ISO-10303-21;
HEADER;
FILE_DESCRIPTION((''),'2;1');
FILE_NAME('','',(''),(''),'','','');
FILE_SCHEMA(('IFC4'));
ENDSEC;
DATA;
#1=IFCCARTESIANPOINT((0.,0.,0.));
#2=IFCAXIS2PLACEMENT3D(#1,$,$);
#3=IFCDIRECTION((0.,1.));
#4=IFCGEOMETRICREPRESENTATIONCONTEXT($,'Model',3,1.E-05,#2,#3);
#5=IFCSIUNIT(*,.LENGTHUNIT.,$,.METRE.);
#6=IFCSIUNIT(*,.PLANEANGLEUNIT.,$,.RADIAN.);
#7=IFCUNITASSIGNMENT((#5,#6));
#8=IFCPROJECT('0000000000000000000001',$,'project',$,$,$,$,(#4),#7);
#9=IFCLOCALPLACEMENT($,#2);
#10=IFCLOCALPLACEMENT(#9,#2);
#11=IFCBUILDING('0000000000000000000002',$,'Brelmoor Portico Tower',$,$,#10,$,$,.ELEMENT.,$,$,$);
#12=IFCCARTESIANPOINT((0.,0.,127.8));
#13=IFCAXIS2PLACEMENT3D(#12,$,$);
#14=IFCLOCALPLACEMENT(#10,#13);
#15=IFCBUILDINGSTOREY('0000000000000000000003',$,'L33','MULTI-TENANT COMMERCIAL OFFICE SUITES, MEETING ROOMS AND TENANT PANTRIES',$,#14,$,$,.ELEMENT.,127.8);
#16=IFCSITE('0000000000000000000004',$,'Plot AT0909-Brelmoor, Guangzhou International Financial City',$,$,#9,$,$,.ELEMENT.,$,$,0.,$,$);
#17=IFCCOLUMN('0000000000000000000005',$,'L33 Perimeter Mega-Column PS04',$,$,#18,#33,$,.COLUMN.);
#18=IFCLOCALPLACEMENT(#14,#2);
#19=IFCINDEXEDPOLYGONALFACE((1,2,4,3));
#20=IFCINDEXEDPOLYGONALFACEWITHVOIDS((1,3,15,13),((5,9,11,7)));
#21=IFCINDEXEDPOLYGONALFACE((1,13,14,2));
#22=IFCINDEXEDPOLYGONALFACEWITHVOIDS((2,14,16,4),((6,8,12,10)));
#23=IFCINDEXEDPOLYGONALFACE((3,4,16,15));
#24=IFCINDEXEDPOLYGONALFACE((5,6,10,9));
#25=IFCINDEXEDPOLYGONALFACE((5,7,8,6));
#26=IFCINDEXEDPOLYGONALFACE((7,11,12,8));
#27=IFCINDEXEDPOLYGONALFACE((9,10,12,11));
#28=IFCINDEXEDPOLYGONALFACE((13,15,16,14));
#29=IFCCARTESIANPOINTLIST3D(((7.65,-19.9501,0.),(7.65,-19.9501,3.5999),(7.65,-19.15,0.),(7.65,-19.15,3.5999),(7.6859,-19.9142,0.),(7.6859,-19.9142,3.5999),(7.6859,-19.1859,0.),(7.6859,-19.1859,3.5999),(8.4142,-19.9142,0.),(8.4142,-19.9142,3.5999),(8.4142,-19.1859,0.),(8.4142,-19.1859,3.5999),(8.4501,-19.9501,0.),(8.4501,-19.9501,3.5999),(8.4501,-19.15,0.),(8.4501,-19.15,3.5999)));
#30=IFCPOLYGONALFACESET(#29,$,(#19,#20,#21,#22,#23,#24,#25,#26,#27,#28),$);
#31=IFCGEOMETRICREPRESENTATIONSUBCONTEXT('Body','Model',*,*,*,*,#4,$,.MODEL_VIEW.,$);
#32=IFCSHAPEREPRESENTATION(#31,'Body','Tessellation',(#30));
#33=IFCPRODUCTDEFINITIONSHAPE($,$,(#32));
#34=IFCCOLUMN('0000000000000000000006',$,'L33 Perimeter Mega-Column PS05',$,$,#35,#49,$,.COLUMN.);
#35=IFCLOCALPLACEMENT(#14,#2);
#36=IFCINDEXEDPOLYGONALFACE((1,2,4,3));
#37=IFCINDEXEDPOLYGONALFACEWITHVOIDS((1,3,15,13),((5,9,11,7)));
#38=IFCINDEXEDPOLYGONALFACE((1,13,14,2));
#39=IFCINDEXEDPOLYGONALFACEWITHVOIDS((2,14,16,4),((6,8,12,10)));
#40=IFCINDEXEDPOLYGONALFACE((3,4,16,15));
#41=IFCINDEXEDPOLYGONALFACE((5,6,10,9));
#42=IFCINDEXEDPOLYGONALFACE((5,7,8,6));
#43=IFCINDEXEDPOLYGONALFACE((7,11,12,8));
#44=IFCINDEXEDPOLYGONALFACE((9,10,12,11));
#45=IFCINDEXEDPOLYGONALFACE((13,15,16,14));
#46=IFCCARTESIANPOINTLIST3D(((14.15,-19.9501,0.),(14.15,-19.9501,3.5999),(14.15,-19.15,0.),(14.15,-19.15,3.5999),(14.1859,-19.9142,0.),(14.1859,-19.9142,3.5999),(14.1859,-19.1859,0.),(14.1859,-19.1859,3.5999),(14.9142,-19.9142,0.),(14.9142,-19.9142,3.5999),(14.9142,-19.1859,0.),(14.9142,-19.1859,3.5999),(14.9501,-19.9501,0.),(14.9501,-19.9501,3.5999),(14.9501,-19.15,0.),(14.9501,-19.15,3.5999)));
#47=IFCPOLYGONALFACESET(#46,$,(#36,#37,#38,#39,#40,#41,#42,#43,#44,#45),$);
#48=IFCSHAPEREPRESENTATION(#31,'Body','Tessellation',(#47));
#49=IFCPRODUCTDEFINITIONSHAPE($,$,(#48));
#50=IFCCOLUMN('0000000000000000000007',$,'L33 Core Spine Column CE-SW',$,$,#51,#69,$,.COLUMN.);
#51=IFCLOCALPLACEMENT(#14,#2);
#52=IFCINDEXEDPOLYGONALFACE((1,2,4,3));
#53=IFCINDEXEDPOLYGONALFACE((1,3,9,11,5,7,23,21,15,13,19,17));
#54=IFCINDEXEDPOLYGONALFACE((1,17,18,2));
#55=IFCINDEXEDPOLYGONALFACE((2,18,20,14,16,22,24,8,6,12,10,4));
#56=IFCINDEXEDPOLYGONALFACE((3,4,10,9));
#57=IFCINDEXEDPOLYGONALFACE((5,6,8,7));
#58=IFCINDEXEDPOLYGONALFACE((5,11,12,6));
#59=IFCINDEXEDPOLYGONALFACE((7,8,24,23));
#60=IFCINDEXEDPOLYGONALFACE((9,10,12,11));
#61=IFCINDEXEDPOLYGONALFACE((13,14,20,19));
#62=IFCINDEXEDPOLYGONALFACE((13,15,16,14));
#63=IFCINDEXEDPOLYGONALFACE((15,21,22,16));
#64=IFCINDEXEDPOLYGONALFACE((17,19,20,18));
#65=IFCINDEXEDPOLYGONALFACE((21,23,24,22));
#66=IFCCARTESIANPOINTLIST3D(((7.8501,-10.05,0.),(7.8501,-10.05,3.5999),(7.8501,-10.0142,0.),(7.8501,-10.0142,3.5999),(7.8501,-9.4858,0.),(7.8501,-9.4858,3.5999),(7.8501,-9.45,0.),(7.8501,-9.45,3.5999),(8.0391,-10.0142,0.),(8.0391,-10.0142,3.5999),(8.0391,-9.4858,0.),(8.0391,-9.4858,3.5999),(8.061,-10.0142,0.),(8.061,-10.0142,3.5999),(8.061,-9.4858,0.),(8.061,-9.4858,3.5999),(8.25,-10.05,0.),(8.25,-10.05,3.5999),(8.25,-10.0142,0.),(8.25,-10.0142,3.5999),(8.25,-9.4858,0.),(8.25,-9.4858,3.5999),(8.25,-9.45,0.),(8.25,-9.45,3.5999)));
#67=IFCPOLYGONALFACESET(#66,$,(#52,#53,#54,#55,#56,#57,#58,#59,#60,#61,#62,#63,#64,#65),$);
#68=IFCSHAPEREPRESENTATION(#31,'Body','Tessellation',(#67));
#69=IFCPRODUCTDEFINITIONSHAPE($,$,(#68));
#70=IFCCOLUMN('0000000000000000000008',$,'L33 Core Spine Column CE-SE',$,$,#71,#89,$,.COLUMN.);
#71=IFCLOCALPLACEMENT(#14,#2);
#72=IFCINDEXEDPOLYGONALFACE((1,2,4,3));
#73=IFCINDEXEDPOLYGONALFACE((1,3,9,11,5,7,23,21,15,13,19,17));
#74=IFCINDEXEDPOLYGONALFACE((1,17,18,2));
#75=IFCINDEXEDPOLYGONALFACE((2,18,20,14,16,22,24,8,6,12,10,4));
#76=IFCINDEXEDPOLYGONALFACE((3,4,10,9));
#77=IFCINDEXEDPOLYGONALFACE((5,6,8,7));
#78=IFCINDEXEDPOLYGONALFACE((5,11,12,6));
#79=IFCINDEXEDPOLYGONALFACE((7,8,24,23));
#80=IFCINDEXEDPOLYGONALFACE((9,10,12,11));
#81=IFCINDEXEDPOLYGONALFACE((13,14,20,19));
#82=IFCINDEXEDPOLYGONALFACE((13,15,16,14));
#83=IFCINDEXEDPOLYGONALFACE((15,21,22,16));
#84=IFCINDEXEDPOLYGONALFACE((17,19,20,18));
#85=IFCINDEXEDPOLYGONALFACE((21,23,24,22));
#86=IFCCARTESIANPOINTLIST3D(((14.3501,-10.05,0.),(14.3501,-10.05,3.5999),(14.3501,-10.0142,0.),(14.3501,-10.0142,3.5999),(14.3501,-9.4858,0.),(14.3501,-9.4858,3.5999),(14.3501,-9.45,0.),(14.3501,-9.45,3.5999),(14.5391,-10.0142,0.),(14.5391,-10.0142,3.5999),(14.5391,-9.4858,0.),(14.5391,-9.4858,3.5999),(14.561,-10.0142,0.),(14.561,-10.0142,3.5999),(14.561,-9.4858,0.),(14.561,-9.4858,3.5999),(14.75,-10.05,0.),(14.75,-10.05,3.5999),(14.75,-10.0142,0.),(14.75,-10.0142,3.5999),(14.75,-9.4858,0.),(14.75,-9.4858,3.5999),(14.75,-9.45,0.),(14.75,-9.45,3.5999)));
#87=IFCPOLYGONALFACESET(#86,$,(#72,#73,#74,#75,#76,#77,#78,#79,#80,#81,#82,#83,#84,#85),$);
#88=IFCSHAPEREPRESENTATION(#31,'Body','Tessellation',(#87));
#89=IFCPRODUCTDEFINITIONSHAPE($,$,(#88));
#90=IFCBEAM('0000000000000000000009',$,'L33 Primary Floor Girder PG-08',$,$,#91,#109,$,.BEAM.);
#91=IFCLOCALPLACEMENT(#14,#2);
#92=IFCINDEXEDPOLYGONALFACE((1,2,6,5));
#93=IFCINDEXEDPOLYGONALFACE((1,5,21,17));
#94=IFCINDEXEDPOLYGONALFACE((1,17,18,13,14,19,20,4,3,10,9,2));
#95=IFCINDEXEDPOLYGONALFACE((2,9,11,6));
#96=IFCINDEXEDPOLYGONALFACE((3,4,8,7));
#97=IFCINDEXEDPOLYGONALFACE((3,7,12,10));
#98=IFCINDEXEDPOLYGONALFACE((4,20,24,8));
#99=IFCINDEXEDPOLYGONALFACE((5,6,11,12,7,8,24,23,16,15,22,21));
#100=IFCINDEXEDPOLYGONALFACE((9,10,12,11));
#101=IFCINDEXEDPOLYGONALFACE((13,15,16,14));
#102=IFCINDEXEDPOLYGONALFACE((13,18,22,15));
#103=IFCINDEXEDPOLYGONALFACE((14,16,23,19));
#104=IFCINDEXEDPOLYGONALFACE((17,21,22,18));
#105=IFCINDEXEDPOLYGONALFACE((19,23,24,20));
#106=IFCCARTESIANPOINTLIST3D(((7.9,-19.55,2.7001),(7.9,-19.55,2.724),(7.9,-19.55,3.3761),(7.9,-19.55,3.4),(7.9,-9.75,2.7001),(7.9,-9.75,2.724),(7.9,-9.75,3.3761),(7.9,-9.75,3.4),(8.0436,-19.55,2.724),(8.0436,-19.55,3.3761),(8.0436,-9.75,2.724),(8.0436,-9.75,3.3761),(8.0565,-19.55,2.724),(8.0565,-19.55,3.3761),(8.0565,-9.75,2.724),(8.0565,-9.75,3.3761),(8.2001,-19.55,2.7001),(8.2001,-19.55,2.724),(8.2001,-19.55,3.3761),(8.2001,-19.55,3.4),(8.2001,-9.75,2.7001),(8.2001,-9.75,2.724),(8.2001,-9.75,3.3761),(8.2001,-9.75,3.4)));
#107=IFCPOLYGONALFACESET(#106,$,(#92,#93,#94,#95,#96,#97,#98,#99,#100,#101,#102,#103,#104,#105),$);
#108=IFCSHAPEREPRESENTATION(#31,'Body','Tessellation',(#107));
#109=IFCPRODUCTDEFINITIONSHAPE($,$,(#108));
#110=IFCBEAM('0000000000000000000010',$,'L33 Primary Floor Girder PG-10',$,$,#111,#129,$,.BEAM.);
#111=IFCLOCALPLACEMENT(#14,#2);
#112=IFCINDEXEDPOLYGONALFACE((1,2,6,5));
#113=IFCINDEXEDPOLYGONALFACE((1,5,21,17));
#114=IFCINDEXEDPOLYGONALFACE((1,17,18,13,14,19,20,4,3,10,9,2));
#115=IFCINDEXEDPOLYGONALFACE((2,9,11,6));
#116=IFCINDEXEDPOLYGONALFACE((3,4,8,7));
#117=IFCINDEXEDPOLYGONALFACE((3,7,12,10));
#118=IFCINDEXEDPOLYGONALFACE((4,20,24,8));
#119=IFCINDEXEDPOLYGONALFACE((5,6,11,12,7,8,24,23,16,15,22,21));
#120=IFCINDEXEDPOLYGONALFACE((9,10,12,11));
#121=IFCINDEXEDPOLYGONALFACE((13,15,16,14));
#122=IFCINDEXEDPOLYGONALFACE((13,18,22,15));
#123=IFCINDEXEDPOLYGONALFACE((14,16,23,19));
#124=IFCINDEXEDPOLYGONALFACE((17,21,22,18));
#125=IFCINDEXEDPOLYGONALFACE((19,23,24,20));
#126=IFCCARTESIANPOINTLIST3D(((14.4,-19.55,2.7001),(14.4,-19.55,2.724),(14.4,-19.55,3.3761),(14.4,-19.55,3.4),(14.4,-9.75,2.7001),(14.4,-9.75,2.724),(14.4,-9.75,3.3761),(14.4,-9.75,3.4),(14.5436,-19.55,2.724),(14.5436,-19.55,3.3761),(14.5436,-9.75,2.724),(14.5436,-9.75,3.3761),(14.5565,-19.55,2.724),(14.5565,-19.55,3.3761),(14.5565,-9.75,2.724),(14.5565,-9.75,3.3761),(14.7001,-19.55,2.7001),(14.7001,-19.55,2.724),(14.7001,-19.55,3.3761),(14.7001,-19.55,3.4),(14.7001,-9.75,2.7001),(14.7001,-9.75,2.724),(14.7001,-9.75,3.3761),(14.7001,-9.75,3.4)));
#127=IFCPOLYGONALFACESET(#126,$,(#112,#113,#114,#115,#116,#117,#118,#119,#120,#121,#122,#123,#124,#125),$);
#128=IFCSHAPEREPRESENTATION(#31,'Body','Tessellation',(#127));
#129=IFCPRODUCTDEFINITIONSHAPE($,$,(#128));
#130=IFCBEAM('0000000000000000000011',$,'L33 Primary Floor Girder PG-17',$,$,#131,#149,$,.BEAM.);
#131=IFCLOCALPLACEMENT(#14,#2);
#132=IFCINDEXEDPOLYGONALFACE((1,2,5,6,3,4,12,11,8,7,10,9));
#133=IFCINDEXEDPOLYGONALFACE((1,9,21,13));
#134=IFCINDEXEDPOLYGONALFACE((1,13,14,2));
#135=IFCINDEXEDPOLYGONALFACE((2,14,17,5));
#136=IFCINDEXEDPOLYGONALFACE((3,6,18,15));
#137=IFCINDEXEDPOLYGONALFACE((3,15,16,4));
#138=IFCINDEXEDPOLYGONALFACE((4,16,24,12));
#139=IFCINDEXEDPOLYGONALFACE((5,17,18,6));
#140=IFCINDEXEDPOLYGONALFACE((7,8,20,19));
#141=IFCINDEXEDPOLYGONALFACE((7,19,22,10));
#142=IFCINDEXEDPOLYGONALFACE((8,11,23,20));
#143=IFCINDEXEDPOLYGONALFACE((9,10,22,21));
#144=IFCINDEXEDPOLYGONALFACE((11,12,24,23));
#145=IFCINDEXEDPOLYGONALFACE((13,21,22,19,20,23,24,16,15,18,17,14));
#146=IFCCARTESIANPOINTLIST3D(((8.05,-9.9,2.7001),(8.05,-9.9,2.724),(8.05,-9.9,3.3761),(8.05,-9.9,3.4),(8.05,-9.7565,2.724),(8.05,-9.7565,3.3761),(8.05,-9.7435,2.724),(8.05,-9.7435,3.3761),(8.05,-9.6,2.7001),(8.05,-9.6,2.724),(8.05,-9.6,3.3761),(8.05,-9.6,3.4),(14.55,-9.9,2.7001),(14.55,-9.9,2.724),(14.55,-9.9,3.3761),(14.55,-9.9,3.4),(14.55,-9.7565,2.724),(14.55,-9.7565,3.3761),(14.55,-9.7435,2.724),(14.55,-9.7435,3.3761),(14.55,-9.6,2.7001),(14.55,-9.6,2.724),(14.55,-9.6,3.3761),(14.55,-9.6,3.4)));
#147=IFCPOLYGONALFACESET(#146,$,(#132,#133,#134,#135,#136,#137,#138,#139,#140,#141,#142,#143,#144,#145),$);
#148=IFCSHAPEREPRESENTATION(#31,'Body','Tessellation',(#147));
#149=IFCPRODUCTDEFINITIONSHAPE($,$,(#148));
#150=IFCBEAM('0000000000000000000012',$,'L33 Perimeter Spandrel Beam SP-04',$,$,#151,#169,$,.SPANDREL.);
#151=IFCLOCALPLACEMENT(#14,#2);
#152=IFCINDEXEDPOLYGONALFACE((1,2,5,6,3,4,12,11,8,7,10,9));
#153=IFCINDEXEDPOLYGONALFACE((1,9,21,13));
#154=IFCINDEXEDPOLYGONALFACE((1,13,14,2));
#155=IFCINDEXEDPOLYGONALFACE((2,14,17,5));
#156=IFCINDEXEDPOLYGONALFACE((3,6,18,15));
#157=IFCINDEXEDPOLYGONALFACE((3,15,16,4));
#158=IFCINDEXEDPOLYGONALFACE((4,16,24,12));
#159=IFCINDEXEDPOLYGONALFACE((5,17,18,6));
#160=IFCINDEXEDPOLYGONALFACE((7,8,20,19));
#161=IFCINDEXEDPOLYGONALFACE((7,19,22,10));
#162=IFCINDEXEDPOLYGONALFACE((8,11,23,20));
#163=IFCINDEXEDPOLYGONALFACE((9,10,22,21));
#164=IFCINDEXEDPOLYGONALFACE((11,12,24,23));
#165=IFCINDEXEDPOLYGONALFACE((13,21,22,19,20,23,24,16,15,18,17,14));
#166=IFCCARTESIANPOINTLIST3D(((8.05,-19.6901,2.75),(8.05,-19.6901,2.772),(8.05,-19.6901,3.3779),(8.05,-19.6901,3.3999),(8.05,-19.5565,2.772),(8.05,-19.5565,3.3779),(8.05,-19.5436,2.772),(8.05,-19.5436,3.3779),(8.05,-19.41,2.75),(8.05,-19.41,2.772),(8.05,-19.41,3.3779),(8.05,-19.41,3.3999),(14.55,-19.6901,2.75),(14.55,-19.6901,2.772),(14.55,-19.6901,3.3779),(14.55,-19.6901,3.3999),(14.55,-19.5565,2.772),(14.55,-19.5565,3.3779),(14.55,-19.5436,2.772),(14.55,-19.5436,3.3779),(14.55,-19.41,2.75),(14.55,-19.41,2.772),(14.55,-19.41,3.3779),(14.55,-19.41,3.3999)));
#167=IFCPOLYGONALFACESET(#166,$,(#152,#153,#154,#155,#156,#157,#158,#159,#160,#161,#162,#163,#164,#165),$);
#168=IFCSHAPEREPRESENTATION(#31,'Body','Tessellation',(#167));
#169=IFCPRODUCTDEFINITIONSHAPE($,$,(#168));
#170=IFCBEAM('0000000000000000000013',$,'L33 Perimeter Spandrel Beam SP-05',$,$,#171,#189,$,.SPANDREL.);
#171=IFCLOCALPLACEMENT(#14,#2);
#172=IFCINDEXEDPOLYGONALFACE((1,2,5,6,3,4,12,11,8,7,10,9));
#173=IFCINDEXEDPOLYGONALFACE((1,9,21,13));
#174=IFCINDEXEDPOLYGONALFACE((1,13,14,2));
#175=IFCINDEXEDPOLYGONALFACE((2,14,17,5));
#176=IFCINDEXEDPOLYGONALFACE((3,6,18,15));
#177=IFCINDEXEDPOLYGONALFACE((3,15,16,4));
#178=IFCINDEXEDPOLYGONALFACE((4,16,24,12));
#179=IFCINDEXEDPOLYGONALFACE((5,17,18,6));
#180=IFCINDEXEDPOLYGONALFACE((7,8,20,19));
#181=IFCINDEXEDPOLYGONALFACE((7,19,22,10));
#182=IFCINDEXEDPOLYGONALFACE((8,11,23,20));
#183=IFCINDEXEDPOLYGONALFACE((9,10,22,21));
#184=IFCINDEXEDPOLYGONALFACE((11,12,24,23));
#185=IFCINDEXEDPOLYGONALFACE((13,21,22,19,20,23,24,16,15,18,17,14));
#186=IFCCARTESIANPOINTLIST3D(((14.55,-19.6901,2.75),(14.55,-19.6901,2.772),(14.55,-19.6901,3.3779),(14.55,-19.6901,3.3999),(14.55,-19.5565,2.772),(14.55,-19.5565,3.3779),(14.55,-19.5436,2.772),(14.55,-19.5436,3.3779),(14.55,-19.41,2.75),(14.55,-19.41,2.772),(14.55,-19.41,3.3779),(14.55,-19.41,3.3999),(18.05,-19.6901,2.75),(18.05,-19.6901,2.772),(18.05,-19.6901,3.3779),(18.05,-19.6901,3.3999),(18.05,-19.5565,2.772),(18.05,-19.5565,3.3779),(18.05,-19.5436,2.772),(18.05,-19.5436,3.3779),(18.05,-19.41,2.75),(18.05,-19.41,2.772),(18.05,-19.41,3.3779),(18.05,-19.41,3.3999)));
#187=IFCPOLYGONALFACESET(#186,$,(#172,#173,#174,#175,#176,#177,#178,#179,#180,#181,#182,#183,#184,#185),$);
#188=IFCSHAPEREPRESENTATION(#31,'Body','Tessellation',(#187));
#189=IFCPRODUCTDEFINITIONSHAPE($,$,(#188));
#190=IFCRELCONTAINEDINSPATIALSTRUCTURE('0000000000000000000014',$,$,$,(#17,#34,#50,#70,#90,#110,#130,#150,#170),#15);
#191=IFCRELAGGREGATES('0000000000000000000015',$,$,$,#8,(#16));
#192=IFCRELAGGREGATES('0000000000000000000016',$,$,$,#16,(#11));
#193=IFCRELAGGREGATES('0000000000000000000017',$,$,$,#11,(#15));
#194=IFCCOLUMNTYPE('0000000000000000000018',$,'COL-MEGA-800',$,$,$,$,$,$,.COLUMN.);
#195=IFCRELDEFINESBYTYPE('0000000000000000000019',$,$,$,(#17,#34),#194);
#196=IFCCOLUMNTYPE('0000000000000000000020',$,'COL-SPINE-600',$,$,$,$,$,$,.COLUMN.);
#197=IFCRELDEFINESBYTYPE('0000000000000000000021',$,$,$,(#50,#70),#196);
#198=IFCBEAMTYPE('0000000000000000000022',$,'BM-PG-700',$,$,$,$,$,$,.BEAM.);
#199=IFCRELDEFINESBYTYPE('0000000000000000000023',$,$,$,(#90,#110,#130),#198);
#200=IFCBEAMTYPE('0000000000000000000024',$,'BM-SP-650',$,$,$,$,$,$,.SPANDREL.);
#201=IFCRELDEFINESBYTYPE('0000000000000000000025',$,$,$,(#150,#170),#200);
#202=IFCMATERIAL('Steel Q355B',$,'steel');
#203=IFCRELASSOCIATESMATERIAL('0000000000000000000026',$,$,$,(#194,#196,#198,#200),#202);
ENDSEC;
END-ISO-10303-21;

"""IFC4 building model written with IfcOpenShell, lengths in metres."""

from ifc_helpers import new_model, si_unit, direction, frame, origin, origin_2d, place, context, subcontext, project, spatial, hollow_rectangle, i_section, extrude, material, material_profile, profile_set, type_object, element, save


model = new_model("IFC4")

# Units and contexts
model_context = context("Model", 3, precision=1e-05, world=origin(), true_north=direction((0.0, 1.0)))
body_context = subcontext(model_context, "Body", "Model", "MODEL_VIEW")
ifc_project = project(units=[si_unit("LENGTHUNIT", "METRE"), si_unit("PLANEANGLEUNIT", "RADIAN")], contexts=[model_context])

# Site, building, storey
site_placement = place(None, origin())
site = spatial("IfcSite", under=ifc_project, at=site_placement, Name="Plot AT0909-Brelmoor, Guangzhou International Financial City", CompositionType="ELEMENT", RefElevation=0.0)
building_placement = place(site_placement, origin())
building = spatial("IfcBuilding", under=site, at=building_placement, Name="Brelmoor Portico Tower", CompositionType="ELEMENT")
storey_placement = place(building_placement, frame((0.0, 0.0, 127.8)))
storey = spatial("IfcBuildingStorey", under=building, at=storey_placement, Name="L33", Description="MULTI-TENANT COMMERCIAL OFFICE SUITES, MEETING ROOMS AND TENANT PANTRIES", CompositionType="ELEMENT", Elevation=127.8)

# Columns
ifc_material_1 = material(Name="Steel Q355B", Category="steel")
ifc_material_profile_1 = material_profile(ifc_material_1, hollow_rectangle(XDim=0.8, YDim=0.8, WallThickness=0.0359, at=origin_2d()), Name="BOX 800x800x36")
ifc_profile_set_1 = profile_set([ifc_material_profile_1], Name="Steel Q355B")
column_type_1 = type_object("IfcColumnType", Name="COL-MEGA-800", PredefinedType="COLUMN", material=ifc_profile_set_1)
for number, where, z_axis, x_axis, name in (
    (1, (8.05, -19.55, 0.0), (0.0, 0.0, 1.0), (1.0, 0.0, 0.0), "L33 Perimeter Mega-Column PS04"),
    (2, (14.55, -19.55, 0.0), (0.0, 0.0, 1.0), (1.0, 0.0, 0.0), "L33 Perimeter Mega-Column PS05"),
):
    element("IfcColumn", number, at=place(storey_placement, frame(where, z_axis=z_axis, x_axis=x_axis)), inside=storey, type_object=column_type_1, Name=name, PredefinedType="COLUMN", context=body_context, shape_type="SweptSolid", body=[
        extrude(hollow_rectangle(XDim=0.8, YDim=0.8, WallThickness=0.0359, at=origin_2d()), origin(), (0.0, 0.0, 1.0), 3.5999),
    ])
ifc_material_profile_2 = material_profile(ifc_material_1, i_section(OverallWidth=0.3999, OverallDepth=0.6001, WebThickness=0.022, FlangeThickness=0.0359, at=origin_2d()), Name="HW 600x400x22x36")
ifc_profile_set_2 = profile_set([ifc_material_profile_2], Name="Steel Q355B")
column_type_2 = type_object("IfcColumnType", Name="COL-SPINE-600", PredefinedType="COLUMN", material=ifc_profile_set_2)
for number, where, z_axis, x_axis, name in (
    (3, (8.05, -9.75, 0.0), (0.0, 0.0, 1.0), (1.0, 0.0, 0.0), "L33 Core Spine Column CE-SW"),
    (4, (14.55, -9.75, 0.0), (0.0, 0.0, 1.0), (1.0, 0.0, 0.0), "L33 Core Spine Column CE-SE"),
):
    element("IfcColumn", number, at=place(storey_placement, frame(where, z_axis=z_axis, x_axis=x_axis)), inside=storey, type_object=column_type_2, Name=name, PredefinedType="COLUMN", context=body_context, shape_type="SweptSolid", body=[
        extrude(i_section(OverallWidth=0.3999, OverallDepth=0.6001, WebThickness=0.022, FlangeThickness=0.0359, at=origin_2d()), origin(), (0.0, 0.0, 1.0), 3.5999),
    ])

# Beams
ifc_material_profile_3 = material_profile(ifc_material_1, i_section(OverallWidth=0.3, OverallDepth=0.7, WebThickness=0.0129, FlangeThickness=0.0239, at=origin_2d()), Name="HN 700x300x13x24")
ifc_profile_set_3 = profile_set([ifc_material_profile_3], Name="Steel Q355B")
beam_type_1 = type_object("IfcBeamType", Name="BM-PG-700", PredefinedType="BEAM", material=ifc_profile_set_3)
for number, where, z_axis, x_axis, name in (
    (5, (8.05, -19.55, 3.05), (0.0, 1.0, 0.0), (-1.0, 0.0, 0.0), "L33 Primary Floor Girder PG-08"),
    (6, (14.55, -19.55, 3.05), (0.0, 1.0, 0.0), (-1.0, 0.0, 0.0), "L33 Primary Floor Girder PG-10"),
):
    element("IfcBeam", number, at=place(storey_placement, frame(where, z_axis=z_axis, x_axis=x_axis)), inside=storey, type_object=beam_type_1, Name=name, PredefinedType="BEAM", context=body_context, shape_type="SweptSolid", body=[
        extrude(i_section(OverallWidth=0.3, OverallDepth=0.7, WebThickness=0.0129, FlangeThickness=0.0239, at=origin_2d()), origin(), (0.0, 0.0, 1.0), 9.8),
    ])
beam_1_placement = place(storey_placement, frame((8.05, -9.75, 3.05), z_axis=(1.0, 0.0, 0.0), x_axis=(0.0, 1.0, 0.0)))
element("IfcBeam", 7, at=beam_1_placement, inside=storey, type_object=beam_type_1, Name="L33 Primary Floor Girder PG-17", PredefinedType="BEAM", context=body_context, shape_type="SweptSolid", body=[
    extrude(i_section(OverallWidth=0.3, OverallDepth=0.7, WebThickness=0.0129, FlangeThickness=0.0239, at=origin_2d()), origin(), (0.0, 0.0, 1.0), 6.5),
])
ifc_material_profile_4 = material_profile(ifc_material_1, i_section(OverallWidth=0.28, OverallDepth=0.6499, WebThickness=0.0129, FlangeThickness=0.022, at=origin_2d()), Name="HN 650x280x13x22")
ifc_profile_set_4 = profile_set([ifc_material_profile_4], Name="Steel Q355B")
beam_type_2 = type_object("IfcBeamType", Name="BM-SP-650", PredefinedType="SPANDREL", material=ifc_profile_set_4)
beam_2_placement = place(storey_placement, frame((8.05, -19.55, 3.075), z_axis=(1.0, 0.0, 0.0), x_axis=(0.0, 1.0, 0.0)))
element("IfcBeam", 8, at=beam_2_placement, inside=storey, type_object=beam_type_2, Name="L33 Perimeter Spandrel Beam SP-04", PredefinedType="SPANDREL", context=body_context, shape_type="SweptSolid", body=[
    extrude(i_section(OverallWidth=0.28, OverallDepth=0.6499, WebThickness=0.0129, FlangeThickness=0.022, at=origin_2d()), origin(), (0.0, 0.0, 1.0), 6.5),
])
beam_3_placement = place(storey_placement, frame((14.55, -19.55, 3.075), z_axis=(1.0, 0.0, 0.0), x_axis=(0.0, 1.0, 0.0)))
element("IfcBeam", 9, at=beam_3_placement, inside=storey, type_object=beam_type_2, Name="L33 Perimeter Spandrel Beam SP-05", PredefinedType="SPANDREL", context=body_context, shape_type="SweptSolid", body=[
    extrude(i_section(OverallWidth=0.28, OverallDepth=0.6499, WebThickness=0.0129, FlangeThickness=0.022, at=origin_2d()), origin(), (0.0, 0.0, 1.0), 3.5),
])

save(model, "model.ifc")
